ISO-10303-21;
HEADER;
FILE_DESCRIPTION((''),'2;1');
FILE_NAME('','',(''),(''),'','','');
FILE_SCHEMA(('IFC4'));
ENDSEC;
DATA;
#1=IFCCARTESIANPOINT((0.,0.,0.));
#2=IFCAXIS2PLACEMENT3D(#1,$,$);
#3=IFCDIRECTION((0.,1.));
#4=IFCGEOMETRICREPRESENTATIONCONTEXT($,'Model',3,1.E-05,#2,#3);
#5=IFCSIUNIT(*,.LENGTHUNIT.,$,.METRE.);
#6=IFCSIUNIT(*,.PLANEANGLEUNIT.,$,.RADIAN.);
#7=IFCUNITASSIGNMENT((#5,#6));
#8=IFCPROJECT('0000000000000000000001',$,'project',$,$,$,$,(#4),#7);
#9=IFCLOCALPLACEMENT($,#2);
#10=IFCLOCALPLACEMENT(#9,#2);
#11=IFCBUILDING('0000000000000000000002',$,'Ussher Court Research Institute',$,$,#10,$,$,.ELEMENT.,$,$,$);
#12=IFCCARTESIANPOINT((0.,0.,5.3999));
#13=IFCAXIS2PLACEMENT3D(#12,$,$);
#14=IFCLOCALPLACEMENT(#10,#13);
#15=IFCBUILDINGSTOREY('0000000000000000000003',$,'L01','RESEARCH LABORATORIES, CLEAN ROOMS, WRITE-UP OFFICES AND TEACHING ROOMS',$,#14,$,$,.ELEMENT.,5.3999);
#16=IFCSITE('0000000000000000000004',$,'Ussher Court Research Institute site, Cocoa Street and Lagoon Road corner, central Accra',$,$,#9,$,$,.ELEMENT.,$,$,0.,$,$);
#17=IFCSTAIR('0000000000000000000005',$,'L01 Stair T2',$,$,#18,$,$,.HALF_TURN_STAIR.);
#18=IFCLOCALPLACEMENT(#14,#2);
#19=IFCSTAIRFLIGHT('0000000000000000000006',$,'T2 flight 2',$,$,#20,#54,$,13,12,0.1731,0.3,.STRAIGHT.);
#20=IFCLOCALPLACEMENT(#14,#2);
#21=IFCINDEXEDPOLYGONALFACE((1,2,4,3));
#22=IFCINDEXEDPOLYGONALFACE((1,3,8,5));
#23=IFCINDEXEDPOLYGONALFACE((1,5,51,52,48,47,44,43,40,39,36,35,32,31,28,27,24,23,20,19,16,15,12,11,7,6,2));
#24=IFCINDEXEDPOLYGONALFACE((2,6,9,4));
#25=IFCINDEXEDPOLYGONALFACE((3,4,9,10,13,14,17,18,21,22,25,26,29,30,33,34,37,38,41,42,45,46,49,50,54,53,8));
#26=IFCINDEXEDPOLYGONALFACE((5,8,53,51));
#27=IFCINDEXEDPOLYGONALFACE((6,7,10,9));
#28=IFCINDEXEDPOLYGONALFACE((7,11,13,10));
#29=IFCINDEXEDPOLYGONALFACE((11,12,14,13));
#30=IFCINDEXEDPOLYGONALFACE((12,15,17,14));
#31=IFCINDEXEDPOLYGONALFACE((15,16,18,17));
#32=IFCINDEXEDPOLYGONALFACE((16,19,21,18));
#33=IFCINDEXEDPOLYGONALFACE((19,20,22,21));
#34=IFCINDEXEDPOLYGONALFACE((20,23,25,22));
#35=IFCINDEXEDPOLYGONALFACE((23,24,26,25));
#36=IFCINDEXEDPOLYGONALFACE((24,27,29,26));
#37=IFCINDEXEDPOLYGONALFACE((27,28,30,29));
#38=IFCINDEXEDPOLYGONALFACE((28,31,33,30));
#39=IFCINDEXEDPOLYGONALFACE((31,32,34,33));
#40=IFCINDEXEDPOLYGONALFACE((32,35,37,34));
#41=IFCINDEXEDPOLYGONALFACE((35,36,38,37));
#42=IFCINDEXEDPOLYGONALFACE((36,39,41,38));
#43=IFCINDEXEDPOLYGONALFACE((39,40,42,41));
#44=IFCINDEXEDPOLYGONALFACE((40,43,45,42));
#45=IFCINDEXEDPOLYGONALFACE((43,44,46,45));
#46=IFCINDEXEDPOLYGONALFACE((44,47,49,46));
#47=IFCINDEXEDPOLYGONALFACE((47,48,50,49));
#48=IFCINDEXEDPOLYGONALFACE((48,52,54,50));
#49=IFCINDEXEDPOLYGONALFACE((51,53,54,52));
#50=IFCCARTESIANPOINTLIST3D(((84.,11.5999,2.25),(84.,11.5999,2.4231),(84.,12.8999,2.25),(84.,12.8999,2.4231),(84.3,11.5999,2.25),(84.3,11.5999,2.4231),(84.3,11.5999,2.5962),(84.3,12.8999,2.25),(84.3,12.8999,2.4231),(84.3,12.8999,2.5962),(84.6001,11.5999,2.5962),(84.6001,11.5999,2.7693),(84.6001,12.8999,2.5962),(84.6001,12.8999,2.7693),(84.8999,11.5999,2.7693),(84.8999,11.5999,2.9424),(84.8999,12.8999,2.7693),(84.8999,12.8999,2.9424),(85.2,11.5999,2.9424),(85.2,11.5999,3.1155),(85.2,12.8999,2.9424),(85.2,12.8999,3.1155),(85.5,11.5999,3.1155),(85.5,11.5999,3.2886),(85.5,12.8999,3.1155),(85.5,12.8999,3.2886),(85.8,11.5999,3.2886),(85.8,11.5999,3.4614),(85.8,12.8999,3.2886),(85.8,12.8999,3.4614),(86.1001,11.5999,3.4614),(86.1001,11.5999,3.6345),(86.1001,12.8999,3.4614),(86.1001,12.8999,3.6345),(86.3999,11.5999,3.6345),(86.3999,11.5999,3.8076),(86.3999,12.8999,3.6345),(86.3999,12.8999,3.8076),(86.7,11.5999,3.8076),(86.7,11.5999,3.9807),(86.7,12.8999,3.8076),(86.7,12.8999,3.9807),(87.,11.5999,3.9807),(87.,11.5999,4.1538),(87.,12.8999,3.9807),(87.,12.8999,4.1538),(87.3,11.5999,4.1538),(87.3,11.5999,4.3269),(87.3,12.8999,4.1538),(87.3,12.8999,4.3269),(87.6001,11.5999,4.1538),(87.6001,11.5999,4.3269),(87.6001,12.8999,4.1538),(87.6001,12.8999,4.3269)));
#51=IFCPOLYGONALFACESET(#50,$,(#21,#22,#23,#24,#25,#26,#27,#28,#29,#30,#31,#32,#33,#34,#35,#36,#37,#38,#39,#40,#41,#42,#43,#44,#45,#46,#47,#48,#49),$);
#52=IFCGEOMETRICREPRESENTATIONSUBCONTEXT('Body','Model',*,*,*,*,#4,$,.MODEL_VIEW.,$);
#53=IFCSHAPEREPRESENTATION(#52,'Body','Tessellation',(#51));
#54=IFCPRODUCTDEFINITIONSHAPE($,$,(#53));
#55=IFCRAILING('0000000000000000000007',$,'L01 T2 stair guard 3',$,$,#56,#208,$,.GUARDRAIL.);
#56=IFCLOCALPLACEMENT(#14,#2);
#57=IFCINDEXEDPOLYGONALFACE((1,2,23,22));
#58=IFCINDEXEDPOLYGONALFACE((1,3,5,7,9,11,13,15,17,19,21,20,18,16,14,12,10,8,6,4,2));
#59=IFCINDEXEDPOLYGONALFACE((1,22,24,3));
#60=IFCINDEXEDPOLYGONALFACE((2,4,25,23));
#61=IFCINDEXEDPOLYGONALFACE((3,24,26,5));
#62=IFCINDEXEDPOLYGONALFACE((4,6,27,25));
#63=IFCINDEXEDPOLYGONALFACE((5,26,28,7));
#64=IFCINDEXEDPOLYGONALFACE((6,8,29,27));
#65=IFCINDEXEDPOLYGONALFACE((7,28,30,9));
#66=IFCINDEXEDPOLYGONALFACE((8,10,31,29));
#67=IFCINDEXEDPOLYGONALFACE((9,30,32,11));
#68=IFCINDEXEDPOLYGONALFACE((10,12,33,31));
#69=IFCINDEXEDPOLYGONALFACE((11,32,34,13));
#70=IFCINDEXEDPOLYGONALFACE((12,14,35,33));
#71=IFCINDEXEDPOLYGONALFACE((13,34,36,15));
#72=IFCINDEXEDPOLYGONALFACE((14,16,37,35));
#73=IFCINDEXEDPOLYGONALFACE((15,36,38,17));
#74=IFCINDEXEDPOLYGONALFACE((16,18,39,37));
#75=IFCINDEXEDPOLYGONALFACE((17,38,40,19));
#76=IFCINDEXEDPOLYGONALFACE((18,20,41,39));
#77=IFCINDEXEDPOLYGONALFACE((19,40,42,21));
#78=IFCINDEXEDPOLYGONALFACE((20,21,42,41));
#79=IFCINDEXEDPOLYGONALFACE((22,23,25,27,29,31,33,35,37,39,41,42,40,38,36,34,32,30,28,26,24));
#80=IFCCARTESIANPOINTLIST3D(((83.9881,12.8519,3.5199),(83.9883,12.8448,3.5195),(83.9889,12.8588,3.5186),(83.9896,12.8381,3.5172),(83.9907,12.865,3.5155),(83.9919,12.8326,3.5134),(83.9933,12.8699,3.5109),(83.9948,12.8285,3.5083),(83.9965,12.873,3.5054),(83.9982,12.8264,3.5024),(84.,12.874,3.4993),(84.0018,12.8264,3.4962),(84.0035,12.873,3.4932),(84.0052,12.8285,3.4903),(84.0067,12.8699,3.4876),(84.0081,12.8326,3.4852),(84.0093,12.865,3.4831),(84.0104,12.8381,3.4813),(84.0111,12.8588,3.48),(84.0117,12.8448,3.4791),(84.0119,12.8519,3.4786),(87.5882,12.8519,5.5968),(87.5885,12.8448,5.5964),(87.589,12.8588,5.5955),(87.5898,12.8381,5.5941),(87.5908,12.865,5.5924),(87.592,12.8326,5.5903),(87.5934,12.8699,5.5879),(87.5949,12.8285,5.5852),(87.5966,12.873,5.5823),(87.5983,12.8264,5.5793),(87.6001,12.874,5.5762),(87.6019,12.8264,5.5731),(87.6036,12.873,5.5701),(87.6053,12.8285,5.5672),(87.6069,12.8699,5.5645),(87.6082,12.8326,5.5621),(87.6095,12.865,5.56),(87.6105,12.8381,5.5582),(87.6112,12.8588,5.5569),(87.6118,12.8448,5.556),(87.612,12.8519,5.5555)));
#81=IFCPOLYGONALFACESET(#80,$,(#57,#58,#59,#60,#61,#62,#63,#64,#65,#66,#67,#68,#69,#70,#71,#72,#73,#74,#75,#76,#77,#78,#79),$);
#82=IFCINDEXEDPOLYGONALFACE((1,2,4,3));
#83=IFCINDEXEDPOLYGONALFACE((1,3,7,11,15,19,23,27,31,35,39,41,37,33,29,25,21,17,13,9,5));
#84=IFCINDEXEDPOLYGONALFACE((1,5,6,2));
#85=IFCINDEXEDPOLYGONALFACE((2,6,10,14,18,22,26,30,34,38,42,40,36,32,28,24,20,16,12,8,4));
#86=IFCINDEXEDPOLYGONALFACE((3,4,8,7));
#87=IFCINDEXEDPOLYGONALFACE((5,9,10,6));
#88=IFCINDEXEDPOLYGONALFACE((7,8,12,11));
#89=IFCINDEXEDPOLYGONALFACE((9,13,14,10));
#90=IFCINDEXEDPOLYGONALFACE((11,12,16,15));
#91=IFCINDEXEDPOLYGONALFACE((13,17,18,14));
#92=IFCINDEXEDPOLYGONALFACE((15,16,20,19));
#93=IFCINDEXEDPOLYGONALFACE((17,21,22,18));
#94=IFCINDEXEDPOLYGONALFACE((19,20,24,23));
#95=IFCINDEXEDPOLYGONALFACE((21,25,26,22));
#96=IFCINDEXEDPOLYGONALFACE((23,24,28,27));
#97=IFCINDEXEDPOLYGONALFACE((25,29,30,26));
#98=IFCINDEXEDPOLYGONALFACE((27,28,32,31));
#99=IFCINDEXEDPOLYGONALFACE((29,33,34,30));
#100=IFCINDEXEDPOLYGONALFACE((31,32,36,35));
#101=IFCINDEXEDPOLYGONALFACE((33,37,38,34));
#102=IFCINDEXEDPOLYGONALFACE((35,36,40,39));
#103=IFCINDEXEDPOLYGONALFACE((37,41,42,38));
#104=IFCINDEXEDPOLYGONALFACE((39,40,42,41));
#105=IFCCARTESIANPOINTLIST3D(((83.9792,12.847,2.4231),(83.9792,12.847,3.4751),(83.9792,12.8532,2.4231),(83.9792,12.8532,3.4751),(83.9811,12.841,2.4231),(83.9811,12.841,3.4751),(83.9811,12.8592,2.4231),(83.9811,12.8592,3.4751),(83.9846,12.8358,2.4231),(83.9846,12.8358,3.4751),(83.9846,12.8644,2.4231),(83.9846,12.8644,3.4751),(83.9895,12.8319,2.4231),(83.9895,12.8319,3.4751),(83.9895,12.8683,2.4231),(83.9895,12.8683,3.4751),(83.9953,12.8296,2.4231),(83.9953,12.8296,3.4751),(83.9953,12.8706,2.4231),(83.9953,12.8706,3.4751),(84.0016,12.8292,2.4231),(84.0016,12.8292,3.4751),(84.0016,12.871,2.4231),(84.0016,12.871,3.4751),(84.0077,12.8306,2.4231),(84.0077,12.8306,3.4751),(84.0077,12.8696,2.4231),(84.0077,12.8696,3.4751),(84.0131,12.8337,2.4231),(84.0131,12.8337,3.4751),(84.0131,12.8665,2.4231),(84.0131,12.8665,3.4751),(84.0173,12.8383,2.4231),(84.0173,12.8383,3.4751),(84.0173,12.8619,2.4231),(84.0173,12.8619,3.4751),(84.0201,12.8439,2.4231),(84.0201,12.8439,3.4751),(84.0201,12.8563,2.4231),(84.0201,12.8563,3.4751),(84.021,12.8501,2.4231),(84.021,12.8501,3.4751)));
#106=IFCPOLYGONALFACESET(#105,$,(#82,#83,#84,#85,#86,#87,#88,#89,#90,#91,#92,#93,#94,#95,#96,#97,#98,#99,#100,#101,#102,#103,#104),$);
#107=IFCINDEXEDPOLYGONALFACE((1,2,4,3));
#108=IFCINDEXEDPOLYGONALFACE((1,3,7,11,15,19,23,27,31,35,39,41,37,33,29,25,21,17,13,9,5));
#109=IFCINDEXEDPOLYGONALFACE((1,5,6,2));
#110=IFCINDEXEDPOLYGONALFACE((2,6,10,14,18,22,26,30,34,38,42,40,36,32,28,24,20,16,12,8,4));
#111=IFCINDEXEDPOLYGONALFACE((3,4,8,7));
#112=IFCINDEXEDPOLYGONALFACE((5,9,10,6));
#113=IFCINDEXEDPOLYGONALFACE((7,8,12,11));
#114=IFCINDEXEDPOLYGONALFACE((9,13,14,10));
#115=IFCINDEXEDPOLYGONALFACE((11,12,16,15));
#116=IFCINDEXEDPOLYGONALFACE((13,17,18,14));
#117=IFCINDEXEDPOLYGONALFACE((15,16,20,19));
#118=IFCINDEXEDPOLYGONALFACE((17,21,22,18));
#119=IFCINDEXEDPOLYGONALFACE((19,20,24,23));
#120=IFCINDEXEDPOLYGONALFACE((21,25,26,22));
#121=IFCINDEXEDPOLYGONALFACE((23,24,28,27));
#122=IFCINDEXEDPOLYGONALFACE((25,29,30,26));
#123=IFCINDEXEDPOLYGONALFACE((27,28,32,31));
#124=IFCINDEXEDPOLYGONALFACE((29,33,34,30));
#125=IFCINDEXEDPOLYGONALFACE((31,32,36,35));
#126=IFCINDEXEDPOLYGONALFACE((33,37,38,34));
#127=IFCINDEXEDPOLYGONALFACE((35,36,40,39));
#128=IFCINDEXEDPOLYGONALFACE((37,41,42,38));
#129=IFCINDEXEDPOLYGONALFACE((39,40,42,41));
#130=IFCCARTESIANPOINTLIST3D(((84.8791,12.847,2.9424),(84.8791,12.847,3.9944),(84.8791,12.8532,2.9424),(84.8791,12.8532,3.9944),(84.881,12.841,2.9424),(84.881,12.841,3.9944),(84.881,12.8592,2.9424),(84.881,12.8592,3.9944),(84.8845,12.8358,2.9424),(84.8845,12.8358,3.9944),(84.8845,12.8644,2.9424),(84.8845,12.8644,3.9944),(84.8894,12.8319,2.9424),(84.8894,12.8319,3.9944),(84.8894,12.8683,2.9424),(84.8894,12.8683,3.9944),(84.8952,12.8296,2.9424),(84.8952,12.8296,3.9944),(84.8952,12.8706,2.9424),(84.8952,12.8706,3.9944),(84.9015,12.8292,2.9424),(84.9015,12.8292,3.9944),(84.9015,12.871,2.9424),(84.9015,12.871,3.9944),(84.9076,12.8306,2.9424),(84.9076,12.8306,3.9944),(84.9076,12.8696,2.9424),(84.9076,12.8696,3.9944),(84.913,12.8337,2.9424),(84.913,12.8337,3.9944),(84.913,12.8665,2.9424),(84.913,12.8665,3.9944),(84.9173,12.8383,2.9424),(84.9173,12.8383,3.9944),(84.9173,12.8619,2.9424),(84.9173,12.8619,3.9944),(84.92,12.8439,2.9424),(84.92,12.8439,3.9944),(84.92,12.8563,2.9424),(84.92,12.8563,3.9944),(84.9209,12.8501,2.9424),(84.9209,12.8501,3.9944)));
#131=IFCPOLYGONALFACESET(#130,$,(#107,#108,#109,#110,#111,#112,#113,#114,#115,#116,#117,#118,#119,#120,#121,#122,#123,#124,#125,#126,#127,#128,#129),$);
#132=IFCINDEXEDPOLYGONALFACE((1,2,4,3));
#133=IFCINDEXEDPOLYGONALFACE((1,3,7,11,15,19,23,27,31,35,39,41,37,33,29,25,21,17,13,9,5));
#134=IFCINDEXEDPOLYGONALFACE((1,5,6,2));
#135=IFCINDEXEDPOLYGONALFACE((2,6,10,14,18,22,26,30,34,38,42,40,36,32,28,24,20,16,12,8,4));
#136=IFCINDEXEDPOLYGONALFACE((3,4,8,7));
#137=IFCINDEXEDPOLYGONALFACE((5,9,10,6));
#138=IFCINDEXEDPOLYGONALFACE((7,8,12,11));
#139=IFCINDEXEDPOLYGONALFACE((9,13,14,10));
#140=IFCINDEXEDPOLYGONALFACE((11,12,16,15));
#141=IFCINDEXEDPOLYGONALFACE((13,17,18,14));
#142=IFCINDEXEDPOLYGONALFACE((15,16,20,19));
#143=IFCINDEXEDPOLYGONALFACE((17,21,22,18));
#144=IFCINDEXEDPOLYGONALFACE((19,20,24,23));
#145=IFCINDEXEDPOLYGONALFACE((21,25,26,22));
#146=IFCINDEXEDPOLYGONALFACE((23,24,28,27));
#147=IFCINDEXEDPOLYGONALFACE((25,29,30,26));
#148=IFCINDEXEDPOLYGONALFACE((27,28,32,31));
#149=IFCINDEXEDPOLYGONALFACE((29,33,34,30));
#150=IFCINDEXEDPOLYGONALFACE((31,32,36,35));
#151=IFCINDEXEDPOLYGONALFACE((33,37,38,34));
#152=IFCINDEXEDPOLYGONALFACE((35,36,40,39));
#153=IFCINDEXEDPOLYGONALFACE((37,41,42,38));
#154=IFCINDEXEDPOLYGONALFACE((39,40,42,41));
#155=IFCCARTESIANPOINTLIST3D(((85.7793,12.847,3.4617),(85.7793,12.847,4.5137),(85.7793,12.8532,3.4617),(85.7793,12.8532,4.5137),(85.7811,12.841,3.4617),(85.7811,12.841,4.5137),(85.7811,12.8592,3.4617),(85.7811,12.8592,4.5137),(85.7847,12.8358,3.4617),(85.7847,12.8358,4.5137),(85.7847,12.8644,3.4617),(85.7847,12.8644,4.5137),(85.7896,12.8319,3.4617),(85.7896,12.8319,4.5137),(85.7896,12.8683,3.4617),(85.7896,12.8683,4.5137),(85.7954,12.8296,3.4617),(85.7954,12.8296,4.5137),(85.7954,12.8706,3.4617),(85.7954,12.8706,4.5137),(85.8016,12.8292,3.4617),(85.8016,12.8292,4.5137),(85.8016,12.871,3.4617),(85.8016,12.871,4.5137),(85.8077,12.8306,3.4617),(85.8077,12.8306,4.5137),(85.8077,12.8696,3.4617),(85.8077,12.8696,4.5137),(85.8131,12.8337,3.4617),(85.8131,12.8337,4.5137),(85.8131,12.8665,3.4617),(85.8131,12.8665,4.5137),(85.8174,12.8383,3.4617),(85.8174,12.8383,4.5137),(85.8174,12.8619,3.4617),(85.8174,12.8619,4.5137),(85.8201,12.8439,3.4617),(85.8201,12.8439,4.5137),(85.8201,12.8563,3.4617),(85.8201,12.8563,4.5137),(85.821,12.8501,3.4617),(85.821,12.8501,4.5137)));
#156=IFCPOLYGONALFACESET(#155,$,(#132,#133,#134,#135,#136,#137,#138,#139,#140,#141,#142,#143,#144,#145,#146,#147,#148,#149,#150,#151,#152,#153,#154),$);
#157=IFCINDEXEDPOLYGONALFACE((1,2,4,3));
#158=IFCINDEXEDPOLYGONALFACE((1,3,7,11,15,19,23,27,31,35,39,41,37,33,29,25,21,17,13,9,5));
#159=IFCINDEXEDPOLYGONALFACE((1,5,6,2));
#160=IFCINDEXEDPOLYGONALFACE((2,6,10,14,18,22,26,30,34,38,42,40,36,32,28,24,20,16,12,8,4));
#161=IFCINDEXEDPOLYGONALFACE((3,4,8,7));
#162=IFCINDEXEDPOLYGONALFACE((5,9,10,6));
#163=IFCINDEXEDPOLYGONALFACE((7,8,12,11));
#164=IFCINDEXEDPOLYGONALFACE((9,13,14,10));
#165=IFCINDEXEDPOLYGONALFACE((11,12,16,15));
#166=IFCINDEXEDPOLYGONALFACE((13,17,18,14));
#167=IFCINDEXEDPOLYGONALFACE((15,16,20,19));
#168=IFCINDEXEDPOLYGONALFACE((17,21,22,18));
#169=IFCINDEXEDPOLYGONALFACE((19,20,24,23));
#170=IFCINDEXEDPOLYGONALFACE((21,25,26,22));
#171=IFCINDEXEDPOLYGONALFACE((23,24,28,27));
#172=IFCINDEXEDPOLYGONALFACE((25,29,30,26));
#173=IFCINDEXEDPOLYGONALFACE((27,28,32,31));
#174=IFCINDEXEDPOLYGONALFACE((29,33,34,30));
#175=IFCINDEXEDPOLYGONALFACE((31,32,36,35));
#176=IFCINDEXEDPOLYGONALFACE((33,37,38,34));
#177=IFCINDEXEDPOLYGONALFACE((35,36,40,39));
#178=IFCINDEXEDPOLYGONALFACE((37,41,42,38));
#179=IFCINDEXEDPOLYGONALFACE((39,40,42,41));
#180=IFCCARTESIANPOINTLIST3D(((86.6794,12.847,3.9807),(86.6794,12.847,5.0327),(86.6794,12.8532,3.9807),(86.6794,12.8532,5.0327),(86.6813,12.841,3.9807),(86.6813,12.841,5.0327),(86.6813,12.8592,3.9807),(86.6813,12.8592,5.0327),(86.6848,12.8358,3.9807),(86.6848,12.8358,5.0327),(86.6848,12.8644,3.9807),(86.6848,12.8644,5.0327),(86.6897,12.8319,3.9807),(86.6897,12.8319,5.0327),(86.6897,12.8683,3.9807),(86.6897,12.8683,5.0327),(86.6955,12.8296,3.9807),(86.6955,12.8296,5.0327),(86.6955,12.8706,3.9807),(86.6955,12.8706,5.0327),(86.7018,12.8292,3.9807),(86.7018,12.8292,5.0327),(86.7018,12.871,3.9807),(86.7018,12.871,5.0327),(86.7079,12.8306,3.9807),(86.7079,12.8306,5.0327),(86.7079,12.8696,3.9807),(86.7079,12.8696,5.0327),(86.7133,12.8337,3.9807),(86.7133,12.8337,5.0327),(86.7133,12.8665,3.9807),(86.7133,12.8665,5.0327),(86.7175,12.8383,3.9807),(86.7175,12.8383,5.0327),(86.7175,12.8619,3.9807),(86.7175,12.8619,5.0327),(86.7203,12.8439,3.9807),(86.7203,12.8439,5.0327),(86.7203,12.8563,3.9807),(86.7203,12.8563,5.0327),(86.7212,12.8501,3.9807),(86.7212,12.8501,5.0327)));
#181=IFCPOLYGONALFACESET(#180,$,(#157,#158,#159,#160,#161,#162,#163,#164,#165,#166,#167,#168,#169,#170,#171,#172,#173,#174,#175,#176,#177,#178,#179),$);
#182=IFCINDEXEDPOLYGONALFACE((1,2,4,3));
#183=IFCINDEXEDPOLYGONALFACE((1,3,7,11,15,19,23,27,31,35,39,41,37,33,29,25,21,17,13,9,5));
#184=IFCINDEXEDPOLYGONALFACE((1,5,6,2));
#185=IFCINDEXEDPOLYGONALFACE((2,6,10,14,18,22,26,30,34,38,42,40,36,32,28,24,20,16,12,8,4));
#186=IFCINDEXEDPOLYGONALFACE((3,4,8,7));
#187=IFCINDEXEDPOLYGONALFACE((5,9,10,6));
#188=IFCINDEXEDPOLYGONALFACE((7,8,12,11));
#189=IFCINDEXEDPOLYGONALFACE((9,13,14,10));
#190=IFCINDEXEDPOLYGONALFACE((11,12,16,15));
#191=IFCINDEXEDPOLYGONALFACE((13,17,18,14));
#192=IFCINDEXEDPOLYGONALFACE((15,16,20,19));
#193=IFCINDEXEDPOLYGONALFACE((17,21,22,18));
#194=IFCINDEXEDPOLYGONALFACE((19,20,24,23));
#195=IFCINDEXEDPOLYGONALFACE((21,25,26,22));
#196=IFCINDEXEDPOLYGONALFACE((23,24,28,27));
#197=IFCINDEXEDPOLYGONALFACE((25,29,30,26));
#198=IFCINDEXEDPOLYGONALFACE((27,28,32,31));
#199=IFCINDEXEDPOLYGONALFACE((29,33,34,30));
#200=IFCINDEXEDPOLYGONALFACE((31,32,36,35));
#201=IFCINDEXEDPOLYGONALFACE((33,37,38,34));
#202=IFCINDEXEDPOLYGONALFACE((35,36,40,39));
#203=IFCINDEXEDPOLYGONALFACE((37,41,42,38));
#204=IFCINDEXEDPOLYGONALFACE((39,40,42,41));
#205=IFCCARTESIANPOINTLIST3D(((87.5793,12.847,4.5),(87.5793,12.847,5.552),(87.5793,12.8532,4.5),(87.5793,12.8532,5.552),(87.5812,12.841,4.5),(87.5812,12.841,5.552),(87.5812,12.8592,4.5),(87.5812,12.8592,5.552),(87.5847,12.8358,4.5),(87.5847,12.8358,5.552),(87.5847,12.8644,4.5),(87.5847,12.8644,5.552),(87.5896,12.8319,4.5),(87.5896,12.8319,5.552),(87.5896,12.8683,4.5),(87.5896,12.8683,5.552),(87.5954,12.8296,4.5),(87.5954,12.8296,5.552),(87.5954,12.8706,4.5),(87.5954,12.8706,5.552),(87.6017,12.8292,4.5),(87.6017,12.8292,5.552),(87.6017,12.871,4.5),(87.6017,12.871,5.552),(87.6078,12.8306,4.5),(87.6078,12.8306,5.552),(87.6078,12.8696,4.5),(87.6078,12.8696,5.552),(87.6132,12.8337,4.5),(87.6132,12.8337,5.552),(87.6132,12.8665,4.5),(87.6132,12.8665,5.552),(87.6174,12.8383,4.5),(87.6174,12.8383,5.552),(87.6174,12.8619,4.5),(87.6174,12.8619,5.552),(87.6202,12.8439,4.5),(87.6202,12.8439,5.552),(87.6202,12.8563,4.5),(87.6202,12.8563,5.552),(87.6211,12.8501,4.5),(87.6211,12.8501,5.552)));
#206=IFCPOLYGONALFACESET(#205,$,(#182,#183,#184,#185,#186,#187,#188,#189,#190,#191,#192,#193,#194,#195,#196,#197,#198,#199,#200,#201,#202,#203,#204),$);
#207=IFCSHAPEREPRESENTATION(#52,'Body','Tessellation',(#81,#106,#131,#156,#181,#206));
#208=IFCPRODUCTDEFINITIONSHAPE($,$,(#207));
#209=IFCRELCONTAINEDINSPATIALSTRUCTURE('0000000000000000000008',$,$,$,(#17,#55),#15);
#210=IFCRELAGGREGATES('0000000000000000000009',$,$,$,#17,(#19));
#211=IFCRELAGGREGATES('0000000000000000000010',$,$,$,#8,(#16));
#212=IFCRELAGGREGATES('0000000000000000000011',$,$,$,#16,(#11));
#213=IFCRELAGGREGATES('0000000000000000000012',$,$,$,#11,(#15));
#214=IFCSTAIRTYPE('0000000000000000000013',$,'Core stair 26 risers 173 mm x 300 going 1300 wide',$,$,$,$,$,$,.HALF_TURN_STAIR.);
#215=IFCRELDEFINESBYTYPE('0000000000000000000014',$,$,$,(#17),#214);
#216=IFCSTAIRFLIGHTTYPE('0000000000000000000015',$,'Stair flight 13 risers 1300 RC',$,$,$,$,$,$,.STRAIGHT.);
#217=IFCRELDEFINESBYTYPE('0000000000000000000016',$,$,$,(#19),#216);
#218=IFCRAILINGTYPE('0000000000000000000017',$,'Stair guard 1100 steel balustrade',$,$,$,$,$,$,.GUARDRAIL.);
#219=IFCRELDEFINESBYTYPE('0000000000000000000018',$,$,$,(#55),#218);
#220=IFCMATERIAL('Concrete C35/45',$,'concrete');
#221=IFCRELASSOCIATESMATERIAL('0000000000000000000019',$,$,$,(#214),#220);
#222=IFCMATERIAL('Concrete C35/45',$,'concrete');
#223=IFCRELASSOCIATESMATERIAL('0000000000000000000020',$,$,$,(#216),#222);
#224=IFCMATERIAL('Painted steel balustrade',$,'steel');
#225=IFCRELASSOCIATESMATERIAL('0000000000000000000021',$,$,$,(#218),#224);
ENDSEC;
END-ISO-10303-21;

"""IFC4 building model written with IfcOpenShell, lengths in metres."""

from ifc_helpers import new_model, si_unit, direction, frame, origin, origin_2d, place, context, subcontext, project, spatial, polyline, circle, outline, extrude, material, type_object, element, aggregate, save


model = new_model("IFC4")

# Units and contexts
model_context = context("Model", 3, precision=1e-05, world=origin(), true_north=direction((0.0, 1.0)))
body_context = subcontext(model_context, "Body", "Model", "MODEL_VIEW")
ifc_project = project(units=[si_unit("LENGTHUNIT", "METRE"), si_unit("PLANEANGLEUNIT", "RADIAN")], contexts=[model_context])

# Site, building, storey
site_placement = place(None, origin())
site = spatial("IfcSite", under=ifc_project, at=site_placement, Name="Ussher Court Research Institute site, Cocoa Street and Lagoon Road corner, central Accra", CompositionType="ELEMENT", RefElevation=0.0)
building_placement = place(site_placement, origin())
building = spatial("IfcBuilding", under=site, at=building_placement, Name="Ussher Court Research Institute", CompositionType="ELEMENT")
storey_placement = place(building_placement, frame((0.0, 0.0, 5.3999)))
storey = spatial("IfcBuildingStorey", under=building, at=storey_placement, Name="L01", Description="RESEARCH LABORATORIES, CLEAN ROOMS, WRITE-UP OFFICES AND TEACHING ROOMS", CompositionType="ELEMENT", Elevation=5.3999)

# Stair, stair flight
ifc_material_1 = material(Name="Concrete C35/45", Category="concrete")
stair_type = type_object("IfcStairType", Name="Core stair 26 risers 173 mm x 300 going 1300 wide", PredefinedType="HALF_TURN_STAIR", material=ifc_material_1)
stair_placement = place(storey_placement, origin())
stair = element("IfcStair", 1, at=stair_placement, inside=storey, type_object=stair_type, Name="L01 Stair T2", PredefinedType="HALF_TURN_STAIR")
ifc_material_2 = material(Name="Concrete C35/45", Category="concrete")
stair_flight_type = type_object("IfcStairFlightType", Name="Stair flight 13 risers 1300 RC", PredefinedType="STRAIGHT", material=ifc_material_2)
stair_flight_placement = place(storey_placement, frame((84.0, 12.25, 2.25), z_axis=(0.0, 0.0, 1.0), x_axis=(1.0, 0.0, 0.0)))
stair_flight = element("IfcStairFlight", 2, at=stair_flight_placement, type_object=stair_flight_type, Name="T2 flight 2", NumberOfRisers=13, NumberOfTreads=12, PredefinedType="STRAIGHT", RiserHeight=0.1731, TreadLength=0.3, context=body_context, shape_type="SweptSolid", body=[
    extrude(outline(polyline([(0.0, 0.0), (0.0, 0.1731), (0.3, 0.1731), (0.3, 0.3462), (0.6001, 0.3462), (0.6001, 0.5193), (0.8999, 0.5193), (0.8999, 0.6924), (1.2, 0.6924), (1.2, 0.8655), (1.5, 0.8655), (1.5, 1.0386), (1.8, 1.0386), (1.8, 1.2114), (2.1001, 1.2114), (2.1001, 1.3845), (2.3999, 1.3845), (2.3999, 1.5576), (2.7, 1.5576), (2.7, 1.7307), (3.0, 1.7307), (3.0, 1.9038), (3.3, 1.9038), (3.3, 2.0769), (3.6001, 2.0769), (3.6001, 2.25), (3.6001, 1.9038), (0.3, 0.0), (0.0, 0.0)])), frame((0.0, 0.6499, 0.0), z_axis=(0.0, -1.0, 0.0), x_axis=(1.0, 0.0, 0.0)), (0.0, 0.0, 1.0), 1.3),
])
aggregate(stair, [stair_flight])

# Railing
ifc_material_3 = material(Name="Painted steel balustrade", Category="steel")
railing_type_1 = type_object("IfcRailingType", Name="Stair guard 1100 steel balustrade", PredefinedType="GUARDRAIL", material=ifc_material_3)
railing_1_placement = place(storey_placement, frame((84.0, 12.8501, 2.4231)))
element("IfcRailing", 3, at=railing_1_placement, inside=storey, type_object=railing_type_1, Name="L01 T2 stair guard 3", PredefinedType="GUARDRAIL", context=body_context, shape_type="SweptSolid", body=[
    extrude(circle(Radius=0.0239, at=origin_2d()), frame((0.0, 0.0, 1.0762), z_axis=(0.866193, 0.0, 0.499709), x_axis=(0.0, 1.0, 0.0)), (0.0, 0.0, 1.0), 4.1562),
    extrude(circle(Radius=0.021, at=origin_2d()), origin(), (0.0, 0.0, 1.0), 1.052),
    extrude(circle(Radius=0.021, at=origin_2d()), frame((0.8999, 0.0, 0.5193)), (0.0, 0.0, 1.0), 1.052),
    extrude(circle(Radius=0.021, at=origin_2d()), frame((1.8, 0.0, 1.0386)), (0.0, 0.0, 1.0), 1.052),
    extrude(circle(Radius=0.021, at=origin_2d()), frame((2.7002, 0.0, 1.5576)), (0.0, 0.0, 1.0), 1.052),
    extrude(circle(Radius=0.021, at=origin_2d()), frame((3.6001, 0.0, 2.0769)), (0.0, 0.0, 1.0), 1.052),
])

save(model, "model.ifc")
